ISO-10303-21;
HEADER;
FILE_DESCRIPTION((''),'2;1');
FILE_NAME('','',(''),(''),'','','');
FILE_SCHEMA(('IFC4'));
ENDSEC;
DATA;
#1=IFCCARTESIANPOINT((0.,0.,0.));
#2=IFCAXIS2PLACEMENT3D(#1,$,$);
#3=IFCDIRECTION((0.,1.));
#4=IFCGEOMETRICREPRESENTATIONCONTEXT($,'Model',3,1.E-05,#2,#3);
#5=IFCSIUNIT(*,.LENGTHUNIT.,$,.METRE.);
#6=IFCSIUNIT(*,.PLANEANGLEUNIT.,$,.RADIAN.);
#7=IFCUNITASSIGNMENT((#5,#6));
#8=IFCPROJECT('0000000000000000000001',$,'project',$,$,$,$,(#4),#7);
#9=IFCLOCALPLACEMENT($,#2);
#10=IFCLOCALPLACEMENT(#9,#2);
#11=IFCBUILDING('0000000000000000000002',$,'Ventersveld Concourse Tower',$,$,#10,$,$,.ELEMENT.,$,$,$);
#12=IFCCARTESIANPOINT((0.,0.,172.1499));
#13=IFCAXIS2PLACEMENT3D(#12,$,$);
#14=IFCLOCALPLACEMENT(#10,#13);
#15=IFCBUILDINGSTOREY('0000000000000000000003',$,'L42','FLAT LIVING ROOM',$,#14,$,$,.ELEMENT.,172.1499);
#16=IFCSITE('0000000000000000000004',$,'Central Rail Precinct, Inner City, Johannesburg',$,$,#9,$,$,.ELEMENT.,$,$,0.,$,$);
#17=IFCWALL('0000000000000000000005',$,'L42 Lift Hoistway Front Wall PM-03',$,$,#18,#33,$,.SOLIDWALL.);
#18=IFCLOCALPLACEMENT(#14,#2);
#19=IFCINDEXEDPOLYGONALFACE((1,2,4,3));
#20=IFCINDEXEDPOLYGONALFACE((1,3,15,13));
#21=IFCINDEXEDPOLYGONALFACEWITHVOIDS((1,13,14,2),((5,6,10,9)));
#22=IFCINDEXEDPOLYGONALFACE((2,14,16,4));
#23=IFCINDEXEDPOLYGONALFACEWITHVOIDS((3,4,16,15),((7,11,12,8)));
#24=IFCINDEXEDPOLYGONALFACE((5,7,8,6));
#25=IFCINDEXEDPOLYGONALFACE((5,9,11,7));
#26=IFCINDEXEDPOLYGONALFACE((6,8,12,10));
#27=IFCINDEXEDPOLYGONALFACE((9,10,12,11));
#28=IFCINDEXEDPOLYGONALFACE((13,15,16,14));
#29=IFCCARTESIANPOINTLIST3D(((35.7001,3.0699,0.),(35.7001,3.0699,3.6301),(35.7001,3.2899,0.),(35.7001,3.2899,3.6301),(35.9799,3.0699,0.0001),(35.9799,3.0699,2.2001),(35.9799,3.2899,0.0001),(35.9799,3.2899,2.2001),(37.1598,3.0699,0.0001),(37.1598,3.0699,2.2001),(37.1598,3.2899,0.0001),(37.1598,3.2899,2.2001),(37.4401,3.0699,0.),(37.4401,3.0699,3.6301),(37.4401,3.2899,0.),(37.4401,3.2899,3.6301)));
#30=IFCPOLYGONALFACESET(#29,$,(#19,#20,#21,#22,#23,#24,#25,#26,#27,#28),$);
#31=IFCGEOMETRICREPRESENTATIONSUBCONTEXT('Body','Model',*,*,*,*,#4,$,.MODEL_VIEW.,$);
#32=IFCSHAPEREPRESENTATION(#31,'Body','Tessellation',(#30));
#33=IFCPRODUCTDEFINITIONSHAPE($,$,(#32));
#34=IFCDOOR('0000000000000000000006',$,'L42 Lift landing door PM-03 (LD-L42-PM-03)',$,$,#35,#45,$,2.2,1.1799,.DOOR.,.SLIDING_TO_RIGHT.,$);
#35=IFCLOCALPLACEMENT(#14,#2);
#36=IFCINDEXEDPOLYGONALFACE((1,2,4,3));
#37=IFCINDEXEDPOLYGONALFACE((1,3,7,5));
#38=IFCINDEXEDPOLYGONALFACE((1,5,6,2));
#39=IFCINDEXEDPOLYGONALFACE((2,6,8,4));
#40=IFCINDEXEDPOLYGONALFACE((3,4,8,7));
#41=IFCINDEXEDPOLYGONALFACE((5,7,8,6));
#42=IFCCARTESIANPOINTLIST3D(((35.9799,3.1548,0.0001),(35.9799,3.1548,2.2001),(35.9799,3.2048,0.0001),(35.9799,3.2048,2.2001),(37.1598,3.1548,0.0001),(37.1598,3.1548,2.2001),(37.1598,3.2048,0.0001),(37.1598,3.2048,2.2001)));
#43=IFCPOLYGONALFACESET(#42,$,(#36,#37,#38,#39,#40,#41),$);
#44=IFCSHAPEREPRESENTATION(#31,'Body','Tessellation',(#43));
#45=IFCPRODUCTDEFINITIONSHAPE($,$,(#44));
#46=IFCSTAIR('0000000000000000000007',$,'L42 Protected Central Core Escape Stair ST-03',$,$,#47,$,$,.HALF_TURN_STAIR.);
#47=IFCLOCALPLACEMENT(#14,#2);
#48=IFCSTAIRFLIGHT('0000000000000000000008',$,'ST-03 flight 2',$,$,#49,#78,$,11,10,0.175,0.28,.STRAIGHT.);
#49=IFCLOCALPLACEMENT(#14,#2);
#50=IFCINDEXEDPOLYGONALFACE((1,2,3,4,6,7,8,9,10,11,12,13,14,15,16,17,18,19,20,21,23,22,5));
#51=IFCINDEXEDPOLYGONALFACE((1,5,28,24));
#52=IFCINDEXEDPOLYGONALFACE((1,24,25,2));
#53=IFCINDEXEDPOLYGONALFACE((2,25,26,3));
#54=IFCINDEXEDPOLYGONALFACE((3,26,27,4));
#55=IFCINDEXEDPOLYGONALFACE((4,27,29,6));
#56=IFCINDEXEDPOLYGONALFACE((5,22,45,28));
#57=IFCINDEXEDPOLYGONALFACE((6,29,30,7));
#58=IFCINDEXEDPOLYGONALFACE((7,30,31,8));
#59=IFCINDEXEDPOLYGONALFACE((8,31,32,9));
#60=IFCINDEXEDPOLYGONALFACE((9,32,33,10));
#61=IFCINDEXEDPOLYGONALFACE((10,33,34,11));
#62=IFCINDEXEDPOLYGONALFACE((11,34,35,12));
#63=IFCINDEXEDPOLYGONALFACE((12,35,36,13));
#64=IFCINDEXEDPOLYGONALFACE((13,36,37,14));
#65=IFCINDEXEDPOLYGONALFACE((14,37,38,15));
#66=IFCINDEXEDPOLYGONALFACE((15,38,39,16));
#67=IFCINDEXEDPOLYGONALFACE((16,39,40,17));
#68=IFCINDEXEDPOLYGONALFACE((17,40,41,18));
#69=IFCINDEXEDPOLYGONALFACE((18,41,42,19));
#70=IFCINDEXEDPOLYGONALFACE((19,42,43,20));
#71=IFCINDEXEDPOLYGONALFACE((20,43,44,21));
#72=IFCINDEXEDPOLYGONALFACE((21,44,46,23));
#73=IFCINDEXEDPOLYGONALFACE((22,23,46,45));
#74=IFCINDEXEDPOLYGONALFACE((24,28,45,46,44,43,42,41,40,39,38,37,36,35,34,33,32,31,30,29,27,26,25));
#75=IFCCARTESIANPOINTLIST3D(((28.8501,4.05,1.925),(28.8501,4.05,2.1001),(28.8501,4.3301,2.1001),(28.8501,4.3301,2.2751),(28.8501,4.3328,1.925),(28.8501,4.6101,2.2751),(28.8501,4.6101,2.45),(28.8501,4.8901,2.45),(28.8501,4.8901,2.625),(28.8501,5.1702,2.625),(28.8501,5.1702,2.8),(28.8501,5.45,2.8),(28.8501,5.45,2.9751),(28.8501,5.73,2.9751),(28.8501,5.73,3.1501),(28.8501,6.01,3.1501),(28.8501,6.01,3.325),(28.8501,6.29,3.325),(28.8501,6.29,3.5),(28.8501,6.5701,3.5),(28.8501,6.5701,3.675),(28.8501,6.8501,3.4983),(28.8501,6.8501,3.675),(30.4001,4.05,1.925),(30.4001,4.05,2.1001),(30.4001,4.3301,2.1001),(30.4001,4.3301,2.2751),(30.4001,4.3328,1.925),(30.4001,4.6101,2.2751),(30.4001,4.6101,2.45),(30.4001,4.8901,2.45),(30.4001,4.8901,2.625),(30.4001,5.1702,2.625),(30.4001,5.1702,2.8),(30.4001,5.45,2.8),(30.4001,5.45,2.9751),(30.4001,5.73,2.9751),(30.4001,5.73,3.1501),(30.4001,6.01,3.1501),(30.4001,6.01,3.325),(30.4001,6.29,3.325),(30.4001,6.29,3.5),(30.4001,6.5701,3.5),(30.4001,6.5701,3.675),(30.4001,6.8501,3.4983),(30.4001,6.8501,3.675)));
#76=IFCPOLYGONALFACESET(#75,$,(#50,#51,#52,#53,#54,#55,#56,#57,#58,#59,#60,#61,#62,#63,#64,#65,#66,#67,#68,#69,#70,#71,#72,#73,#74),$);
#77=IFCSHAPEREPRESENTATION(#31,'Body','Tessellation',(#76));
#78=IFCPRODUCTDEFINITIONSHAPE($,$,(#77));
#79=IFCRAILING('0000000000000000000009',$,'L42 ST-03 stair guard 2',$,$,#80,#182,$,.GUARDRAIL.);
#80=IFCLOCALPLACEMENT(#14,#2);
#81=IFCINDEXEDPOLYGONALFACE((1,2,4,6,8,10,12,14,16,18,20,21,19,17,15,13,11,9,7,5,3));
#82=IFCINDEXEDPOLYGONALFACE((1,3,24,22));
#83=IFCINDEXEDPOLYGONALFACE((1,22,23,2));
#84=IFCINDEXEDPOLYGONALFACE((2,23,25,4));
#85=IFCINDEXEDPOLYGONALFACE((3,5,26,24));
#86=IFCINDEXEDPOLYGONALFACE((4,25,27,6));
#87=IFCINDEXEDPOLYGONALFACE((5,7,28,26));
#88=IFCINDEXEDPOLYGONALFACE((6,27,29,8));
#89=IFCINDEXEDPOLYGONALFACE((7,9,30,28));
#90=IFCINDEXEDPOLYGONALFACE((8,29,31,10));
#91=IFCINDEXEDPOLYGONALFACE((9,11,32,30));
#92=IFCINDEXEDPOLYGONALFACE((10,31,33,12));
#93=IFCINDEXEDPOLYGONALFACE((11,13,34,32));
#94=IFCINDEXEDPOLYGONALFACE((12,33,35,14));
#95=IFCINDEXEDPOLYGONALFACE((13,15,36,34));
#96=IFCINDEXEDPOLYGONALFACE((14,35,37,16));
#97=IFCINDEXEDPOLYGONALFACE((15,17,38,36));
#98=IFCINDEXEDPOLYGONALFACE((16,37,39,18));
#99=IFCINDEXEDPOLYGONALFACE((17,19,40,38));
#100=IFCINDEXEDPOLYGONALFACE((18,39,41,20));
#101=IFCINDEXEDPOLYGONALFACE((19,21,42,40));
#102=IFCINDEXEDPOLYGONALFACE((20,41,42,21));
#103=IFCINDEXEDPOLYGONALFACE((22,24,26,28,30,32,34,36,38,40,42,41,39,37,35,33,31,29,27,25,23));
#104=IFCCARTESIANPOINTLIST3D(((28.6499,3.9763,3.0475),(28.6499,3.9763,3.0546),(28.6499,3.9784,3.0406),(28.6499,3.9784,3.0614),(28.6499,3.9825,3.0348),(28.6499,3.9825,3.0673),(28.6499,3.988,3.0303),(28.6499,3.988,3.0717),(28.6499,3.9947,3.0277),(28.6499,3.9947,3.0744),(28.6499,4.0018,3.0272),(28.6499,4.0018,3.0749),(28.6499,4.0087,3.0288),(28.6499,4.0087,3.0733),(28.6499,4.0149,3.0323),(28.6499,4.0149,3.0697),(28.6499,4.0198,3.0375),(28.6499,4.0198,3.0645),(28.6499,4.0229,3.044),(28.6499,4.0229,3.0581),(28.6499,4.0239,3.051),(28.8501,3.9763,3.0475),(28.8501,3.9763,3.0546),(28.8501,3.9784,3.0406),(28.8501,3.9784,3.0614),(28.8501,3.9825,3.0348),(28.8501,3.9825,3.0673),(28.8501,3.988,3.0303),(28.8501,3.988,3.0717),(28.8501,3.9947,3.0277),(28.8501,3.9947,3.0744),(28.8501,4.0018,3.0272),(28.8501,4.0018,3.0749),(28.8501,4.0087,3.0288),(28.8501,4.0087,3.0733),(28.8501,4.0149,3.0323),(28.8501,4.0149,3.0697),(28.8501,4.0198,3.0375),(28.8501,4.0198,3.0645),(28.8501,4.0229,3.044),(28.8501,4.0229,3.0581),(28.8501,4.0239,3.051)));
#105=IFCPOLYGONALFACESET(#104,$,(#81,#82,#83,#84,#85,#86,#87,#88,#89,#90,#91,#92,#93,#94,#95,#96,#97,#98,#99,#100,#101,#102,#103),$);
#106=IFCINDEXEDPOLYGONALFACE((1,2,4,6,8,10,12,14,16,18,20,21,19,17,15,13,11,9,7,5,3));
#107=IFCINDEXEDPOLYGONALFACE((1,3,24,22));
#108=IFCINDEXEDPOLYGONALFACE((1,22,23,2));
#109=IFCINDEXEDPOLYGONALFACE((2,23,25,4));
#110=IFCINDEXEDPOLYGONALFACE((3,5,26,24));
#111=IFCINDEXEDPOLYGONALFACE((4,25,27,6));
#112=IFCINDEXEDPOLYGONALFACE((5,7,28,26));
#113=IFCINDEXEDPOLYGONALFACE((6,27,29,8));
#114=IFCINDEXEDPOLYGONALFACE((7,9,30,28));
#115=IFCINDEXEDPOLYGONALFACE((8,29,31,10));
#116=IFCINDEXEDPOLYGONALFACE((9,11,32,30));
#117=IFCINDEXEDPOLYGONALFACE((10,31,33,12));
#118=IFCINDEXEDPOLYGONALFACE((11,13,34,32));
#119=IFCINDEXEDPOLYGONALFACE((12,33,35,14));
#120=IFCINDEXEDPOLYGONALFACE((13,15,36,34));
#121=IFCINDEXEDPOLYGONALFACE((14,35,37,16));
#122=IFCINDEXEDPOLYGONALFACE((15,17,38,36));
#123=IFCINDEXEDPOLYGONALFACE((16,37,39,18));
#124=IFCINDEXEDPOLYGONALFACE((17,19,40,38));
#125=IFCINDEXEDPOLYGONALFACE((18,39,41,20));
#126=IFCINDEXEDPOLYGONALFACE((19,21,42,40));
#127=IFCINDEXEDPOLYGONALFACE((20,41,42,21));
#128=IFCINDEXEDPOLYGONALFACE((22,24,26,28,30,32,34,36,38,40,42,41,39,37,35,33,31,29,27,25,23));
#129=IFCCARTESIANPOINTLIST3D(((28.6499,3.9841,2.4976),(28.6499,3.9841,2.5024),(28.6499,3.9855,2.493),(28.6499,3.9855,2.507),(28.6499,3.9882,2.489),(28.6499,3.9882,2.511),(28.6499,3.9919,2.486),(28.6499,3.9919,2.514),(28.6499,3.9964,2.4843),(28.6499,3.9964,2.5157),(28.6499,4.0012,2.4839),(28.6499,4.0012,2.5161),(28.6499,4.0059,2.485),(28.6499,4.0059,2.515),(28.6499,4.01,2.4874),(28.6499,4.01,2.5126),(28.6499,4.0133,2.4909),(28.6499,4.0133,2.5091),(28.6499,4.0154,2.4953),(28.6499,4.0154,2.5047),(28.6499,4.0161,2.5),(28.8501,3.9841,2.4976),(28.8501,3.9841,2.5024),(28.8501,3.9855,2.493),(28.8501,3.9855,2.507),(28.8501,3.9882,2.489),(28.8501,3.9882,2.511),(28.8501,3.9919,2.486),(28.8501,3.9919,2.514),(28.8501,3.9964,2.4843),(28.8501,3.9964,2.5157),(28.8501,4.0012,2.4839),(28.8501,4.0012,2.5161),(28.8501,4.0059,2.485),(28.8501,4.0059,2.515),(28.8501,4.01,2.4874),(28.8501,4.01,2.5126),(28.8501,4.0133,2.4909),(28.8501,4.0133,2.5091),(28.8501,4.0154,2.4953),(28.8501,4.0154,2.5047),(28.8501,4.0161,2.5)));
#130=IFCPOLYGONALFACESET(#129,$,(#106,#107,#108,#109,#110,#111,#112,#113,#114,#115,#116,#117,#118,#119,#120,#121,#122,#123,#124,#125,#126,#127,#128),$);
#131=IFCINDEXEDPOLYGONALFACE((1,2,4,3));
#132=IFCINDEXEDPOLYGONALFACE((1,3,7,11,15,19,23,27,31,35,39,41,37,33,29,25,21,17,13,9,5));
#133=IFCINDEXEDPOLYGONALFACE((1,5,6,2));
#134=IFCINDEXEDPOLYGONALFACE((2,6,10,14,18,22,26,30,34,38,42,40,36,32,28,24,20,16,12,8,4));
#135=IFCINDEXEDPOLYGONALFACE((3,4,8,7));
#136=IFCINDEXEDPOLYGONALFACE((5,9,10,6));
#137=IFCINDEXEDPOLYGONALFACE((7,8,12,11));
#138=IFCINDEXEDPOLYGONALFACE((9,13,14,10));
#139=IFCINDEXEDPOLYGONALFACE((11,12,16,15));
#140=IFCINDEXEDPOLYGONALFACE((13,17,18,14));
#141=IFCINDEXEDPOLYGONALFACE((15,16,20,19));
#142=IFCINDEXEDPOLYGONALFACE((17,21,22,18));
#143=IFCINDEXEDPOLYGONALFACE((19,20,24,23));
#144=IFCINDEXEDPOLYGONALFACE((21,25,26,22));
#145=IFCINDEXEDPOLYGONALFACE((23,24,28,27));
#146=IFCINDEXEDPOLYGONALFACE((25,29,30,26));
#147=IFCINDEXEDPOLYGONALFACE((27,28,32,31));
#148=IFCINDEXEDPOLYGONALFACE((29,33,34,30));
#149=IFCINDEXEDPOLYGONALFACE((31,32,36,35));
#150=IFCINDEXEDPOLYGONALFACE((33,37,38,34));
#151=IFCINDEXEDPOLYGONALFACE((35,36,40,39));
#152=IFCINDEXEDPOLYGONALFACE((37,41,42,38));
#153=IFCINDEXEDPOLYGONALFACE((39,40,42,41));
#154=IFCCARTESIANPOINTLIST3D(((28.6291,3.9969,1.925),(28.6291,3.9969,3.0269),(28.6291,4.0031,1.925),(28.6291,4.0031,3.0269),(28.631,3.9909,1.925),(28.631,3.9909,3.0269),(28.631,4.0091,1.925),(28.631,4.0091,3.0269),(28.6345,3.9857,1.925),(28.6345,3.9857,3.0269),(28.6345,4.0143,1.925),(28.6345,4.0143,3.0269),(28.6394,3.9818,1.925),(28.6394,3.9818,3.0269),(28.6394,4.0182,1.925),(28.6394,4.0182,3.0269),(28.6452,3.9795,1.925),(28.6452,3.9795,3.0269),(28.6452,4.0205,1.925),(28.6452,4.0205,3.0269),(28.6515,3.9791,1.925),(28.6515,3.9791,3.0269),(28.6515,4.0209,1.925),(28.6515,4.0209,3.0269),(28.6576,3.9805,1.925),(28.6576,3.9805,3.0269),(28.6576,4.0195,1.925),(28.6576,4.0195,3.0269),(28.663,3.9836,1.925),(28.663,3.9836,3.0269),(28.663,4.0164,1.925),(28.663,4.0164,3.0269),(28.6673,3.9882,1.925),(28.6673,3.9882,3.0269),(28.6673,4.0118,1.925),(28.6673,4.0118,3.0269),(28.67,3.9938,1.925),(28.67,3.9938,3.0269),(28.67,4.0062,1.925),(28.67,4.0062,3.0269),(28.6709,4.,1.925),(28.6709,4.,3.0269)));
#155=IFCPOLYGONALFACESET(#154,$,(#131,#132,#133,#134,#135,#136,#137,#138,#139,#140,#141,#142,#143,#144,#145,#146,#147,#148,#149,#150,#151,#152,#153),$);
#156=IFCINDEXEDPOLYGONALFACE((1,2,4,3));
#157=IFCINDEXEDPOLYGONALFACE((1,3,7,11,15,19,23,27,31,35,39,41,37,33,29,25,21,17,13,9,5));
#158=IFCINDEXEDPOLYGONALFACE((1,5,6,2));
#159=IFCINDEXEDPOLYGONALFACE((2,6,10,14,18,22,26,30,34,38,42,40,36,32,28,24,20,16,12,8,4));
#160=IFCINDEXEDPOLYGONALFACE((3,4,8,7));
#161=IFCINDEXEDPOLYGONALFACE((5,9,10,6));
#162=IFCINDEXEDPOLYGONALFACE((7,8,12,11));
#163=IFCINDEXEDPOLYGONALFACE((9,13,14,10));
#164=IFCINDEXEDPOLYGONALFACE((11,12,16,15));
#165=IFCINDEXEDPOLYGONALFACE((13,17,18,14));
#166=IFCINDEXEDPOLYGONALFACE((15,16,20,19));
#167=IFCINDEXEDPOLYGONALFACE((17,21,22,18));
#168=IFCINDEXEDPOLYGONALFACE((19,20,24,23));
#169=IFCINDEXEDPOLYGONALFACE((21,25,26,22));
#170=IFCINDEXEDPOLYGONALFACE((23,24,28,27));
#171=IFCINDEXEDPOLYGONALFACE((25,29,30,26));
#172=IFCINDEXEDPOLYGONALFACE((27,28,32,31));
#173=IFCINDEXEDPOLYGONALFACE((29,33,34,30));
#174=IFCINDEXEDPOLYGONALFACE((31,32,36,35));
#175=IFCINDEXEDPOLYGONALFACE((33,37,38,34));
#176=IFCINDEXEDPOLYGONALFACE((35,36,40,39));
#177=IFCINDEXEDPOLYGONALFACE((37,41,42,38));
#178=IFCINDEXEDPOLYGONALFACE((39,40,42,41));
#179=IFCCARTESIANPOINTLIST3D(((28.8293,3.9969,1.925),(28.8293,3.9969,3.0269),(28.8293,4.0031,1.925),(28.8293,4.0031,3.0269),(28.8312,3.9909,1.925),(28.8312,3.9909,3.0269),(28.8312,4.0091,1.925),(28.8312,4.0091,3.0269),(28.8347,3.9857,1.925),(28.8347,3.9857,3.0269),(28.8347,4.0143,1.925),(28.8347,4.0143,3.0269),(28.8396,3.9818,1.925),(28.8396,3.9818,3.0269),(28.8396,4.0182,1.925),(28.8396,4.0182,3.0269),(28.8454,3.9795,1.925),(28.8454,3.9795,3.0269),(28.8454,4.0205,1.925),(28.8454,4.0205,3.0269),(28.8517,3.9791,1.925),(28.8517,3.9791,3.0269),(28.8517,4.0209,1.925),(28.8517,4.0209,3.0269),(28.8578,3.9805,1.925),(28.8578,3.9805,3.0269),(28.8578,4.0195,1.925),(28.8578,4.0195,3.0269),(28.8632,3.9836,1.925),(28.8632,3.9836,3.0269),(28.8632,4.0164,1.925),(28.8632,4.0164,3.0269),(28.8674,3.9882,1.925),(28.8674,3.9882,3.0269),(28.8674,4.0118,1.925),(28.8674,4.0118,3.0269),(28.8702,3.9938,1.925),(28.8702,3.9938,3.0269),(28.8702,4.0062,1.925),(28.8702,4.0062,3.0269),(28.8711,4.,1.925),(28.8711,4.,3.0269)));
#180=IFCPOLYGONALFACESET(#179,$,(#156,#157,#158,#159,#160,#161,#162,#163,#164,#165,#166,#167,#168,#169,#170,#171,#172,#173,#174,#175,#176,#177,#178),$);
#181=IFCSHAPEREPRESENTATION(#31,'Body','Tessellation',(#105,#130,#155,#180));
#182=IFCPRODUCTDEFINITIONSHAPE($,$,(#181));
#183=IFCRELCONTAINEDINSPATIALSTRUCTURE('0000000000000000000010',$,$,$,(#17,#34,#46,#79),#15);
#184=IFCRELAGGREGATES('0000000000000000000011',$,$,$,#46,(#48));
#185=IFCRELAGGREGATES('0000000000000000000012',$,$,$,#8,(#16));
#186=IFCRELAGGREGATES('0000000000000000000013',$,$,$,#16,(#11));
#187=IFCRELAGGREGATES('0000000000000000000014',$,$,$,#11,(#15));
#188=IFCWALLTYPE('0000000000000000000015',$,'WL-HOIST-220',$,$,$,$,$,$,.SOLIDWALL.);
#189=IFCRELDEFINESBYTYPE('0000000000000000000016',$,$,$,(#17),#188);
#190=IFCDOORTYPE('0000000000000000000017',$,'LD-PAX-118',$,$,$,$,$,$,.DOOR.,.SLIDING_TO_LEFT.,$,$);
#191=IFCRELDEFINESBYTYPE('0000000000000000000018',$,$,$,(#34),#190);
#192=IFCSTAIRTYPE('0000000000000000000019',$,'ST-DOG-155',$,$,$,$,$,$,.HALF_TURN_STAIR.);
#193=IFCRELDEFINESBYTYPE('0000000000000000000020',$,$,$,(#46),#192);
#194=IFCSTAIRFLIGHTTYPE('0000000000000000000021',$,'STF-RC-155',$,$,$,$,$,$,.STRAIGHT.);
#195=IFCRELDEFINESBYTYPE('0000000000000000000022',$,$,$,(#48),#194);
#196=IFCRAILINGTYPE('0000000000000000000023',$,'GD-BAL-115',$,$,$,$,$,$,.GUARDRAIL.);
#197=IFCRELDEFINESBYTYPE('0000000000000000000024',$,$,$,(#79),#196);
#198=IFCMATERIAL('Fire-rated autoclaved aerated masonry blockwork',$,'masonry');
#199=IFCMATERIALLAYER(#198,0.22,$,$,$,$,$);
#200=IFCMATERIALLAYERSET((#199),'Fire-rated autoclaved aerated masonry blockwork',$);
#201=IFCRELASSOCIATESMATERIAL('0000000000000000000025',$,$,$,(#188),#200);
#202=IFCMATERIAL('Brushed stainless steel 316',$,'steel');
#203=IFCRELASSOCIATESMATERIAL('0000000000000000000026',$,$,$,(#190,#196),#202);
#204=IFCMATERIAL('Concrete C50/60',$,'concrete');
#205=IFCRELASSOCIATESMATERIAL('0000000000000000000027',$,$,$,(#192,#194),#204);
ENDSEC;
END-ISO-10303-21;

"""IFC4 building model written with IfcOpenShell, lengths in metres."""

from ifc_helpers import new_model, si_unit, direction, frame, frame_2d, origin, origin_2d, place, context, subcontext, project, spatial, polyline, rectangle, circle, outline, extrude, material, layer, layer_set, type_object, element, fill, aggregate, save


model = new_model("IFC4")

# Units and contexts
model_context = context("Model", 3, precision=1e-05, world=origin(), true_north=direction((0.0, 1.0)))
body_context = subcontext(model_context, "Body", "Model", "MODEL_VIEW")
ifc_project = project(units=[si_unit("LENGTHUNIT", "METRE"), si_unit("PLANEANGLEUNIT", "RADIAN")], contexts=[model_context])

# Site, building, storey
site_placement = place(None, origin())
site = spatial("IfcSite", under=ifc_project, at=site_placement, Name="Central Rail Precinct, Inner City, Johannesburg", CompositionType="ELEMENT", RefElevation=0.0)
building_placement = place(site_placement, origin())
building = spatial("IfcBuilding", under=site, at=building_placement, Name="Ventersveld Concourse Tower", CompositionType="ELEMENT")
storey_placement = place(building_placement, frame((0.0, 0.0, 172.1499)))
storey = spatial("IfcBuildingStorey", under=building, at=storey_placement, Name="L42", Description="FLAT LIVING ROOM", CompositionType="ELEMENT", Elevation=172.1499)

# Shared definitions
ifc_material_1 = material(Name="Fire-rated autoclaved aerated masonry blockwork", Category="masonry")

# Shared definitions
ifc_layer_1 = layer(ifc_material_1, 0.22)
ifc_layer_set_1 = layer_set([ifc_layer_1], Name="Fire-rated autoclaved aerated masonry blockwork")
wall_type_1 = type_object("IfcWallType", Name="WL-HOIST-220", PredefinedType="SOLIDWALL", material=ifc_layer_set_1)

# Shared definitions
ifc_material_2 = material(Name="Brushed stainless steel 316", Category="steel")
door_type_1 = type_object("IfcDoorType", Name="LD-PAX-118", OperationType="SLIDING_TO_LEFT", PredefinedType="DOOR", material=ifc_material_2)

# Wall, opening, door
wall_1_placement = place(storey_placement, frame((35.7, 3.1799, 0.0), z_axis=(0.0, 0.0, 1.0), x_axis=(1.0, 0.0, 0.0)))
wall_1 = element("IfcWall", 1, at=wall_1_placement, inside=storey, type_object=wall_type_1, Name="L42 Lift Hoistway Front Wall PM-03", PredefinedType="SOLIDWALL", context=body_context, shape_type="SweptSolid", body=[
    extrude(rectangle(XDim=1.74, YDim=0.22, at=frame_2d((0.8701, 0.0))), origin(), (0.0, 0.0, 1.0), 3.6301),
])
opening_1_placement = place(wall_1_placement, frame((0.28, 0.0, 0.0)))
opening_1 = element("IfcOpeningElement", 2, at=opening_1_placement, cuts=wall_1, PredefinedType="OPENING", context=body_context, shape_type="SweptSolid", body=[
    extrude(rectangle(XDim=1.1799, YDim=2.2, at=frame_2d((0.5898, 1.1001))), frame((0.0, 0.1201, 0.0), z_axis=(0.0, -1.0, 0.0), x_axis=(1.0, 0.0, 0.0)), (0.0, 0.0, 1.0), 0.24),
])
door_1_placement = place(opening_1_placement, origin())
door_1 = element("IfcDoor", 3, at=door_1_placement, inside=storey, type_object=door_type_1, Name="L42 Lift landing door PM-03 (LD-L42-PM-03)", OperationType="SLIDING_TO_RIGHT", OverallHeight=2.2, OverallWidth=1.1799, PredefinedType="DOOR", context=body_context, shape_type="SweptSolid", body=[
    extrude(rectangle(XDim=1.1799, YDim=2.2, at=frame_2d((0.5898, 1.1001))), frame((0.0, 0.0249, 0.0), z_axis=(0.0, -1.0, 0.0), x_axis=(1.0, 0.0, 0.0)), (0.0, 0.0, 1.0), 0.05),
])
fill(opening_1, door_1)

# Stair, stair flight
ifc_material_3 = material(Name="Concrete C50/60", Category="concrete")
stair_type = type_object("IfcStairType", Name="ST-DOG-155", PredefinedType="HALF_TURN_STAIR", material=ifc_material_3)
stair_placement = place(storey_placement, origin())
stair = element("IfcStair", 4, at=stair_placement, inside=storey, type_object=stair_type, Name="L42 Protected Central Core Escape Stair ST-03", PredefinedType="HALF_TURN_STAIR")
stair_flight_type = type_object("IfcStairFlightType", Name="STF-RC-155", PredefinedType="STRAIGHT", material=ifc_material_3)
stair_flight_placement = place(storey_placement, frame((29.625, 4.05, 1.925), z_axis=(0.0, 0.0, 1.0), x_axis=(0.0, 1.0, 0.0)))
stair_flight = element("IfcStairFlight", 5, at=stair_flight_placement, type_object=stair_flight_type, Name="ST-03 flight 2", NumberOfRisers=11, NumberOfTreads=10, PredefinedType="STRAIGHT", RiserHeight=0.175, TreadLength=0.28, context=body_context, shape_type="SweptSolid", body=[
    extrude(outline(polyline([(0.0, 0.0), (0.0, 0.175), (0.28, 0.175), (0.28, 0.3501), (0.5601, 0.3501), (0.5601, 0.5249), (0.8401, 0.5249), (0.8401, 0.7), (1.1201, 0.7), (1.1201, 0.875), (1.3999, 0.875), (1.3999, 1.05), (1.6799, 1.05), (1.6799, 1.2251), (1.96, 1.2251), (1.96, 1.3999), (2.24, 1.3999), (2.24, 1.575), (2.52, 1.575), (2.52, 1.75), (2.8, 1.75), (2.8, 1.925), (2.8, 1.5732), (0.2827, 0.0), (0.0, 0.0)])), frame((0.0, 0.7749, 0.0), z_axis=(0.0, -1.0, 0.0), x_axis=(1.0, 0.0, 0.0)), (0.0, 0.0, 1.0), 1.55),
])
aggregate(stair, [stair_flight])

# Railing
railing_type_1 = type_object("IfcRailingType", Name="GD-BAL-115", PredefinedType="GUARDRAIL", material=ifc_material_2)
railing_1_placement = place(storey_placement, frame((28.6499, 4.0, 1.925)))
element("IfcRailing", 6, at=railing_1_placement, inside=storey, type_object=railing_type_1, Name="L42 ST-03 stair guard 2", PredefinedType="GUARDRAIL", context=body_context, shape_type="SweptSolid", body=[
    extrude(circle(Radius=0.0239, at=origin_2d()), frame((0.0, 0.0, 1.126), z_axis=(1.0, 0.0, 0.0), x_axis=(0.0, 1.0, 0.0)), (0.0, 0.0, 1.0), 0.2002),
    extrude(circle(Radius=0.0161, at=origin_2d()), frame((0.0, 0.0, 0.575), z_axis=(1.0, 0.0, 0.0), x_axis=(0.0, 1.0, 0.0)), (0.0, 0.0, 1.0), 0.2002),
    extrude(circle(Radius=0.021, at=origin_2d()), origin(), (0.0, 0.0, 1.0), 1.1018),
    extrude(circle(Radius=0.021, at=origin_2d()), frame((0.2002, 0.0, 0.0)), (0.0, 0.0, 1.0), 1.1018),
])

save(model, "model.ifc")
